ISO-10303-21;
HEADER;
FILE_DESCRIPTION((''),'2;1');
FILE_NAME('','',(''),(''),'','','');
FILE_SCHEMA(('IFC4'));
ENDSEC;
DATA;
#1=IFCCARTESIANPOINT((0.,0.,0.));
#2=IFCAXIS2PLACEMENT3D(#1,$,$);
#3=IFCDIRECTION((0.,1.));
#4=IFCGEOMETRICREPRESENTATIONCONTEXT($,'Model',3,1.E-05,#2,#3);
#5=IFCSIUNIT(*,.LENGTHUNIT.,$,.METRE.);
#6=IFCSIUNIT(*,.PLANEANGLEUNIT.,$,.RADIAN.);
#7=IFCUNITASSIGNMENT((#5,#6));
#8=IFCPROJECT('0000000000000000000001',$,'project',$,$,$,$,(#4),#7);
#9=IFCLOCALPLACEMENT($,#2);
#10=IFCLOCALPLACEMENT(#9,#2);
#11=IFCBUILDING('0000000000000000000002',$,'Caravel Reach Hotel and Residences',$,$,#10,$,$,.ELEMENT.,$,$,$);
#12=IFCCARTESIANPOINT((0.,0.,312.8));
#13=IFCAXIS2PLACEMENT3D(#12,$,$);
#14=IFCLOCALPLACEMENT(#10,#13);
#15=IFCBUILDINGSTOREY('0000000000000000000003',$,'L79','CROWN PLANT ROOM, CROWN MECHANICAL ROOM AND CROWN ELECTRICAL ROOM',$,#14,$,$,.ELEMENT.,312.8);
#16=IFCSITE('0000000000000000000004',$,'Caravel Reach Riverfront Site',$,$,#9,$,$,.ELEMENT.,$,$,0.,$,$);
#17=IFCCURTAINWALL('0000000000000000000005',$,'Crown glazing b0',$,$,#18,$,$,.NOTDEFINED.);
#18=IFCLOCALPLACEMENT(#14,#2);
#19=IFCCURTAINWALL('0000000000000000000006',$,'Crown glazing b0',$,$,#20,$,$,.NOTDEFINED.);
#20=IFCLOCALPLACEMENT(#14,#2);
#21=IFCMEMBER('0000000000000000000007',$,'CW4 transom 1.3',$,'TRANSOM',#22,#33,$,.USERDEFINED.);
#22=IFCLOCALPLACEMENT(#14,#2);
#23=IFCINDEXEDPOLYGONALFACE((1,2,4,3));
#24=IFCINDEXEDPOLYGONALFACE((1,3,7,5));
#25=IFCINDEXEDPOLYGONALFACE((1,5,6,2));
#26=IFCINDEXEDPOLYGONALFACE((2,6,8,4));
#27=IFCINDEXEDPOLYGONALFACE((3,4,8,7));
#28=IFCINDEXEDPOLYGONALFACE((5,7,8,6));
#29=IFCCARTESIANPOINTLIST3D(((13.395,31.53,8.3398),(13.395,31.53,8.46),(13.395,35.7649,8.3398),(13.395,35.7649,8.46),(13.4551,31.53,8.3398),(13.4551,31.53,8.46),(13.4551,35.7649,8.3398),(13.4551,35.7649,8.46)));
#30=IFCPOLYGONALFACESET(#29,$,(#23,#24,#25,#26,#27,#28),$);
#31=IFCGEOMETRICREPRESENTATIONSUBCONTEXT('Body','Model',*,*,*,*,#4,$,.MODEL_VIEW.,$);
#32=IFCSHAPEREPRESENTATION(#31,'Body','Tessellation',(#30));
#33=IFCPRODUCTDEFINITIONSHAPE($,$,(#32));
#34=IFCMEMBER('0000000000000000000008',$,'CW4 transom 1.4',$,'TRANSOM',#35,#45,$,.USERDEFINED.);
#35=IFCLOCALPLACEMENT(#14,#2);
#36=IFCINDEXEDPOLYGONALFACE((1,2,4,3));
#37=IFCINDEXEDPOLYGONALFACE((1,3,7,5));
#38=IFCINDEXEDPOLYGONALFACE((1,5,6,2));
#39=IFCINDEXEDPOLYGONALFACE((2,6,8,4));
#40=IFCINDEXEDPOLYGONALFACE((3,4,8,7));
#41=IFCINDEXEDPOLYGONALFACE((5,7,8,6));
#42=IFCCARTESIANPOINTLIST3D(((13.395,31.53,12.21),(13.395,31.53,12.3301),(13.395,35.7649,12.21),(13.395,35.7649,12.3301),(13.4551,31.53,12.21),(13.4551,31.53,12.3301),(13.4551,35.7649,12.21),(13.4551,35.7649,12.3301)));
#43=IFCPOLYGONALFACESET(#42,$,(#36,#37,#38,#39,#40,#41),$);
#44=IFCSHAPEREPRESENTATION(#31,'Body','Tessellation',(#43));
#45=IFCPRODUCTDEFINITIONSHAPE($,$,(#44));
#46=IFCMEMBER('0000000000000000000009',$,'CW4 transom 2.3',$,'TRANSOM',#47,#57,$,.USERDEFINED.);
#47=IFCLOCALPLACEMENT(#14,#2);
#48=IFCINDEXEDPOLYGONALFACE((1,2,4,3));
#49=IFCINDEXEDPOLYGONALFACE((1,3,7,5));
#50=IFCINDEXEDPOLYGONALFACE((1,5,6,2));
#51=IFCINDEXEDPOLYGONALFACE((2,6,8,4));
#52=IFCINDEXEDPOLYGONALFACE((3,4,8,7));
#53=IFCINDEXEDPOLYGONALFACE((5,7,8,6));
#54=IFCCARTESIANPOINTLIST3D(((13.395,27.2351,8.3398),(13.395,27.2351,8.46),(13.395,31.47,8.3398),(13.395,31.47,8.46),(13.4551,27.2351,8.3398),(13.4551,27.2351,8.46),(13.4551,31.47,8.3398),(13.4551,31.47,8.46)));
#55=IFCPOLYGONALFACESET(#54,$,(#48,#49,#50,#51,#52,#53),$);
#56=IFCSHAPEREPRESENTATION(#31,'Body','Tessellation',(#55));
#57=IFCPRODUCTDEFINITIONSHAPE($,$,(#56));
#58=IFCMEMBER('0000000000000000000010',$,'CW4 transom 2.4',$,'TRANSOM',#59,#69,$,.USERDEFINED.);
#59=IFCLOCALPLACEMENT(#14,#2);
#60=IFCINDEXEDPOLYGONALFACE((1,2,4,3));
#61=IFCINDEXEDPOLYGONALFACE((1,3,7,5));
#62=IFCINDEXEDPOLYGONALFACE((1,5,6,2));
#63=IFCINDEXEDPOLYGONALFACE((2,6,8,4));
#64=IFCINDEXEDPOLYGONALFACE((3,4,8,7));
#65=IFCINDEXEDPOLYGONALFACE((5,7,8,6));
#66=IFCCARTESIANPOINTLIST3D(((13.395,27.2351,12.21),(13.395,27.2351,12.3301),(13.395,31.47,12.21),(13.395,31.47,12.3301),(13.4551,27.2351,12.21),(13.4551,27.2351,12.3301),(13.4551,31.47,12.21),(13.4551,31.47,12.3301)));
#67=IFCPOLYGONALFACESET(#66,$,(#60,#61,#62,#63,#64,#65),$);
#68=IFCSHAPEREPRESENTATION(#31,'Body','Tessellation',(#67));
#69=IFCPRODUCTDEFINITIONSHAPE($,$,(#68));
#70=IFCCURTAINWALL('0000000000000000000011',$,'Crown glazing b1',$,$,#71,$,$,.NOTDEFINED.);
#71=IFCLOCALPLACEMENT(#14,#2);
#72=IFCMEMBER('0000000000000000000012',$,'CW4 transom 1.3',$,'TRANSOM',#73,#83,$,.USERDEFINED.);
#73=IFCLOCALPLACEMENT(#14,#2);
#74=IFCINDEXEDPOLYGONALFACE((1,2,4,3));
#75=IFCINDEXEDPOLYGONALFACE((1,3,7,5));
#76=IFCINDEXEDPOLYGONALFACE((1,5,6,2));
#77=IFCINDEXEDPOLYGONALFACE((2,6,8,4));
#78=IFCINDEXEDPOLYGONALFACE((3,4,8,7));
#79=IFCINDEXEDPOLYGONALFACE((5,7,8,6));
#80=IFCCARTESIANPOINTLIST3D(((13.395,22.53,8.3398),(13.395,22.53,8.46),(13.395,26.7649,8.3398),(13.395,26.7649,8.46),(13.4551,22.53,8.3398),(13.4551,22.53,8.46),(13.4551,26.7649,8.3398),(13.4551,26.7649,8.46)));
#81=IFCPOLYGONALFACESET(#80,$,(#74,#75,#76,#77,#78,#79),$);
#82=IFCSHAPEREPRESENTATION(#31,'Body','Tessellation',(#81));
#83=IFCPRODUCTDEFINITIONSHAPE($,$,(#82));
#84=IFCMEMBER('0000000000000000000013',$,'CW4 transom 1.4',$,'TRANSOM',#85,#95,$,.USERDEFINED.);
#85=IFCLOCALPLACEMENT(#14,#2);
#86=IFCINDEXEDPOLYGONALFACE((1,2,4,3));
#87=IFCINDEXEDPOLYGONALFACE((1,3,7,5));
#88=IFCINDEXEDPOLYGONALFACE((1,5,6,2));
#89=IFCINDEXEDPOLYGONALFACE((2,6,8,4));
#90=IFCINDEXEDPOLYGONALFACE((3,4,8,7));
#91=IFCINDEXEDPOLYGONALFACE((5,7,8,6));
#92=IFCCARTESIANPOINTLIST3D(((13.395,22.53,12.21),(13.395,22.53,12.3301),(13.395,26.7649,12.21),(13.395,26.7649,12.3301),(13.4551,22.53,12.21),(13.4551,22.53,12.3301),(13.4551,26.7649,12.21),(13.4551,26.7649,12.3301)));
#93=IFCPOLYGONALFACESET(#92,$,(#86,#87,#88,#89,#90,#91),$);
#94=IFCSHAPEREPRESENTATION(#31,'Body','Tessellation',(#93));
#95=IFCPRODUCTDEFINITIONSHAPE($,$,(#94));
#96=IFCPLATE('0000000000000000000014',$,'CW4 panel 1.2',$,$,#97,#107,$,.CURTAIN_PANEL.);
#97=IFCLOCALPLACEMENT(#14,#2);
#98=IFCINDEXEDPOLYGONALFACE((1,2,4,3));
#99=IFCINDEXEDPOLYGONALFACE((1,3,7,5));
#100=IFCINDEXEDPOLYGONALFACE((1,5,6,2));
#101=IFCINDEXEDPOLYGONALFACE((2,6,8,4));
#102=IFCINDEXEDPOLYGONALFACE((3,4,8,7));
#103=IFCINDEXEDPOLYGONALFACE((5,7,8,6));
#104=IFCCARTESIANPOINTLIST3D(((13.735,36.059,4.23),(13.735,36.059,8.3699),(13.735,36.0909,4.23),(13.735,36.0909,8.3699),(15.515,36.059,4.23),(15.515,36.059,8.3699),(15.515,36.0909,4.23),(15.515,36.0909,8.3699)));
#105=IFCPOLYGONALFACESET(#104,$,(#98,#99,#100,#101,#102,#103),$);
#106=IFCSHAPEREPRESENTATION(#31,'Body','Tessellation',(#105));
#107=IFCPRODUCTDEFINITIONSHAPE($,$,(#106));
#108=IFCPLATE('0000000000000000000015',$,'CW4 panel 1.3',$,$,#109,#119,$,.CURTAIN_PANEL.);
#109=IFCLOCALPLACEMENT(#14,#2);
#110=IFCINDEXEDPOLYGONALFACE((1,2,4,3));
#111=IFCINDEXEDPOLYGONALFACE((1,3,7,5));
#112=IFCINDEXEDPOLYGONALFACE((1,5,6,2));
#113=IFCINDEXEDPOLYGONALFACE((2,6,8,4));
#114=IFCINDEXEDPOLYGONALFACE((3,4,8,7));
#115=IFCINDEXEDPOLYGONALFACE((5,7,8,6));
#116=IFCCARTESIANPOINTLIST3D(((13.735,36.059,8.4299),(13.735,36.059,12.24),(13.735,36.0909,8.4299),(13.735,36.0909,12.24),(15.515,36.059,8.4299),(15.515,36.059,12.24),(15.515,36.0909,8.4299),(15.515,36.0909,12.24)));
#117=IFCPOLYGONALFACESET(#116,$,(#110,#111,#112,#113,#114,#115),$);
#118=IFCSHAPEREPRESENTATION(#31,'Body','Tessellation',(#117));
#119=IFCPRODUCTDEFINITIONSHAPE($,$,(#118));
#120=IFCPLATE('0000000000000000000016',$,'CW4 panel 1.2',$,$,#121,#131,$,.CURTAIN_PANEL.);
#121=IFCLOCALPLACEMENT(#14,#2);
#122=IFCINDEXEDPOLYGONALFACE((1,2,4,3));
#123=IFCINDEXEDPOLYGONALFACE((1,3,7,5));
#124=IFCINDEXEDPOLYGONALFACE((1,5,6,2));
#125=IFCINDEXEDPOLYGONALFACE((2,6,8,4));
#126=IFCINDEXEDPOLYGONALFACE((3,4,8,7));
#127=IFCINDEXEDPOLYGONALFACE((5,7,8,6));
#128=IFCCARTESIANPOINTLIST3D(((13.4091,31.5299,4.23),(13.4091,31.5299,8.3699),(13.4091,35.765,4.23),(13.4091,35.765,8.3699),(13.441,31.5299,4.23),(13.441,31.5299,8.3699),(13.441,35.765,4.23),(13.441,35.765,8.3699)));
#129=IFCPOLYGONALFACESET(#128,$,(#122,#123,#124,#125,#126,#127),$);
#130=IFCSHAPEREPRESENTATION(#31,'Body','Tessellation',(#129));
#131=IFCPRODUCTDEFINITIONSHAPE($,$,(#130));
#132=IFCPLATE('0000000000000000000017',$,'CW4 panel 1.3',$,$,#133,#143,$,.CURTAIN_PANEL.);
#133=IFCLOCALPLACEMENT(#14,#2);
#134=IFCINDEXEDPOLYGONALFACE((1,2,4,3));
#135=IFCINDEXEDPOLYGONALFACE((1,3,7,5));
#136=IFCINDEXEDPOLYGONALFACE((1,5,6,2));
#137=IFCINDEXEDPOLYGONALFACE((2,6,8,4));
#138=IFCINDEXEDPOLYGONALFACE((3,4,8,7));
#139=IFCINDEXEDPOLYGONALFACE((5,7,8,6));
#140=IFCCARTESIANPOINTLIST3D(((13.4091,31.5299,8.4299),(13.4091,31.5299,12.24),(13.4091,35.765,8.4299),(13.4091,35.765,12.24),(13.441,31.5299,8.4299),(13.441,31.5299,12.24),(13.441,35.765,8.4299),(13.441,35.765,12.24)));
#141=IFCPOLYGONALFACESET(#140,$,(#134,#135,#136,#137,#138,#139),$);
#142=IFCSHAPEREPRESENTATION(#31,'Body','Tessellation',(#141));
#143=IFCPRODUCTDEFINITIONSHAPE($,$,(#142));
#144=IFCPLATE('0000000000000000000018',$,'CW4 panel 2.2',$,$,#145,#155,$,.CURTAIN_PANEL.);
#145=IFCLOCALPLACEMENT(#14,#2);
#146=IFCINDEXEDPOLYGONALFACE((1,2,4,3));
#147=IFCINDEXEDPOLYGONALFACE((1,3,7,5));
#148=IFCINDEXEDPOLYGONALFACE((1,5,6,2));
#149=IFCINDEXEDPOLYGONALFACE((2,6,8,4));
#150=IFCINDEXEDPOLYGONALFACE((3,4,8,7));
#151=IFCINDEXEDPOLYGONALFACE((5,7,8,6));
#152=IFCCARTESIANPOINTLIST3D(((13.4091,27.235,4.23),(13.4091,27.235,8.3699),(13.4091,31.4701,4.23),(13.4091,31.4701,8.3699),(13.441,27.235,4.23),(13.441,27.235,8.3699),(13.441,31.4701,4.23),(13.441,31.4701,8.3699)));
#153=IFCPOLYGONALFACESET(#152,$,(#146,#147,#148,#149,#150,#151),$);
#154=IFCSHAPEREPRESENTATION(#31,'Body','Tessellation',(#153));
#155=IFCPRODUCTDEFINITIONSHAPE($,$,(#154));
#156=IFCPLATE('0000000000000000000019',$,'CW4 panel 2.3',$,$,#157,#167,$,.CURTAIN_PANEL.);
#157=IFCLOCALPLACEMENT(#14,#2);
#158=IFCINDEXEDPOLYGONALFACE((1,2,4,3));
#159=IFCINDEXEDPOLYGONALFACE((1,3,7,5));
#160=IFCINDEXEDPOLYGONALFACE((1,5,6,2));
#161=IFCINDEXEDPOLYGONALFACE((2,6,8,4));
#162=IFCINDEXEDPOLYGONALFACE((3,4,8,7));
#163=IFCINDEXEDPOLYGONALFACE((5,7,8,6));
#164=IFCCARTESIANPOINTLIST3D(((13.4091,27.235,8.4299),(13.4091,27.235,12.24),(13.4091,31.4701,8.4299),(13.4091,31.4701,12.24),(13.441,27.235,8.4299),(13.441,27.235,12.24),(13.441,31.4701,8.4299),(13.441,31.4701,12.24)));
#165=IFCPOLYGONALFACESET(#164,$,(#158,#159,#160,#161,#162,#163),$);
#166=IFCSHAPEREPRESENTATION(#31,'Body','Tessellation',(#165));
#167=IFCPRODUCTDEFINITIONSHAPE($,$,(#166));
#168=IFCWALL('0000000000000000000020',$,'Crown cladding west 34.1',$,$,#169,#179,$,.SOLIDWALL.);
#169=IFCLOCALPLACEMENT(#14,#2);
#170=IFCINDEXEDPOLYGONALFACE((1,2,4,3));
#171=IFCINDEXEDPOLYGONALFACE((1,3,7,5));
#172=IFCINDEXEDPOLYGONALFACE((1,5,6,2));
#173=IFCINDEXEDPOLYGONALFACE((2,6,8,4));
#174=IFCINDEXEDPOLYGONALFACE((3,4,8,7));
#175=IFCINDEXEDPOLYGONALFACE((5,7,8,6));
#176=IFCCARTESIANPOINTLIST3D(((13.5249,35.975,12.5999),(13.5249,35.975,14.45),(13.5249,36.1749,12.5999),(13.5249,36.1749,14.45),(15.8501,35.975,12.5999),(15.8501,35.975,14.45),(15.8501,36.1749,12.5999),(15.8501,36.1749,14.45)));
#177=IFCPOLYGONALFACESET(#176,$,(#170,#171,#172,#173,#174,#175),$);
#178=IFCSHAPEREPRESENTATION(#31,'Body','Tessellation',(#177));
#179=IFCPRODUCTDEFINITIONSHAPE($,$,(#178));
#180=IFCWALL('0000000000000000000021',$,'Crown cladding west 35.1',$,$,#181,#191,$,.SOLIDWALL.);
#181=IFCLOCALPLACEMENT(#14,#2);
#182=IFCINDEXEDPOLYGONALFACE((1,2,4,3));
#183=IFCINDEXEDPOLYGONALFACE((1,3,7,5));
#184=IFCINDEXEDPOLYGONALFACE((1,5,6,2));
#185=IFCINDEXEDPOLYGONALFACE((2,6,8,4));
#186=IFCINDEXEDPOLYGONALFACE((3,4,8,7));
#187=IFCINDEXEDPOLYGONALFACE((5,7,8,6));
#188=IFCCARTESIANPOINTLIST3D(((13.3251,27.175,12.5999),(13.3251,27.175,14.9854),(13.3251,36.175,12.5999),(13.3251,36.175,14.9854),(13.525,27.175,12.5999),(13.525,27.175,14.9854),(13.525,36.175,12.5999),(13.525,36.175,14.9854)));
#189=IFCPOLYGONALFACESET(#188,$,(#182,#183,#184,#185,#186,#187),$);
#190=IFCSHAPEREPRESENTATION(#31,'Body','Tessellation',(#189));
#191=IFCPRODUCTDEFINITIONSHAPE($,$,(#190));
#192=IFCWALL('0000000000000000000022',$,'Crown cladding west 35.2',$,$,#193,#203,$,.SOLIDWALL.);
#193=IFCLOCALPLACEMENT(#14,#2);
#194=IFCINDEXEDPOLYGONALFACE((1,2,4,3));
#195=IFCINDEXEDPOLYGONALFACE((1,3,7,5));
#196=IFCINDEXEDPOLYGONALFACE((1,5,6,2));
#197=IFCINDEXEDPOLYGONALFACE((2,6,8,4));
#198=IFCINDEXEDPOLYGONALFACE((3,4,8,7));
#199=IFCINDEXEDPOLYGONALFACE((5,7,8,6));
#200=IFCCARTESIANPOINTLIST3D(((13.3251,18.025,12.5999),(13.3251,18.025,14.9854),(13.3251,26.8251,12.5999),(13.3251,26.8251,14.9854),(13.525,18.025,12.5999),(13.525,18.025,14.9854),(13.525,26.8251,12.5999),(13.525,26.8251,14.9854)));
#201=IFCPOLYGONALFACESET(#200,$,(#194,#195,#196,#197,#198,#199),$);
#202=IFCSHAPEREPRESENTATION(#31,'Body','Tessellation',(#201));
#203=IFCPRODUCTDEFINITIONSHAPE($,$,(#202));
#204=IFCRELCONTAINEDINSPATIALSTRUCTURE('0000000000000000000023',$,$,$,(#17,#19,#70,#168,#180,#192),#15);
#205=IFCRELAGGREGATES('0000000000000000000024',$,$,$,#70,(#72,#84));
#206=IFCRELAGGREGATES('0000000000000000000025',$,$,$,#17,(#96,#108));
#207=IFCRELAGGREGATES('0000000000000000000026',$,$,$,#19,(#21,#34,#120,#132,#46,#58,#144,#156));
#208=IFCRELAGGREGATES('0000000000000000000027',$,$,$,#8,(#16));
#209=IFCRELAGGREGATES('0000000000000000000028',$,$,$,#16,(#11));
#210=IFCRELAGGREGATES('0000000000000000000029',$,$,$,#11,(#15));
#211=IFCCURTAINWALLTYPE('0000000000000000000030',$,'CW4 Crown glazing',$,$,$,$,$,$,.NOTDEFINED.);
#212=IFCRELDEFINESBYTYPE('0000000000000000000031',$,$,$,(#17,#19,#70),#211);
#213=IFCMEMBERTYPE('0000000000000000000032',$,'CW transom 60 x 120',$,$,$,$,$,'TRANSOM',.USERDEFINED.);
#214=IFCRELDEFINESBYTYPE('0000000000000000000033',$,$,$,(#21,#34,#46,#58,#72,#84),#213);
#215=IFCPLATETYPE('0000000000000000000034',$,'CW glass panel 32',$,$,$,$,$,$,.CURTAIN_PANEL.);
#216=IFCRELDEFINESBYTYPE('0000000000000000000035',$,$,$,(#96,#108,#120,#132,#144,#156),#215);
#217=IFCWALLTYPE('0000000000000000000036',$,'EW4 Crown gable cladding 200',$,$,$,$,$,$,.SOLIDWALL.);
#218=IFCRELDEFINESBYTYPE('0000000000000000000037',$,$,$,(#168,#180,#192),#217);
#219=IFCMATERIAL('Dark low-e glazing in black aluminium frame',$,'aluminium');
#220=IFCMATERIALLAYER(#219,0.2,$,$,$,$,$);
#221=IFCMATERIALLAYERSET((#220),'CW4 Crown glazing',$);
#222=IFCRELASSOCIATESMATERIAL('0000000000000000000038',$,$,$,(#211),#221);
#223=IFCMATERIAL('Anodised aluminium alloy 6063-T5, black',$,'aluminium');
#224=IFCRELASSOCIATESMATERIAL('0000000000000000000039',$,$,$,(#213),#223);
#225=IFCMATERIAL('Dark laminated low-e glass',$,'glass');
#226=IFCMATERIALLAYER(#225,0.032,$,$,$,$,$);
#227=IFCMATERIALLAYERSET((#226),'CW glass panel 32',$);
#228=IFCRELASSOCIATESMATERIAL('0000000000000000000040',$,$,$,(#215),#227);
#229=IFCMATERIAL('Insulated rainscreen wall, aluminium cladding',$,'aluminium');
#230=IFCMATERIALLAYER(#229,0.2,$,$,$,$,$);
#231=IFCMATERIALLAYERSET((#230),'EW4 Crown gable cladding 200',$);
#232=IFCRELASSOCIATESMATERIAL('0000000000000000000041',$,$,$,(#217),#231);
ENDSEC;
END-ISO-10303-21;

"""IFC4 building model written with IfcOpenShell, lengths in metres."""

from ifc_helpers import new_model, si_unit, direction, frame, frame_2d, origin, origin_2d, place, context, subcontext, project, spatial, rectangle, extrude, material, layer, layer_set, material_profile, profile_set, type_object, element, aggregate, save


model = new_model("IFC4")

# Units and contexts
model_context = context("Model", 3, precision=1e-05, world=origin(), true_north=direction((0.0, 1.0)))
body_context = subcontext(model_context, "Body", "Model", "MODEL_VIEW")
ifc_project = project(units=[si_unit("LENGTHUNIT", "METRE"), si_unit("PLANEANGLEUNIT", "RADIAN")], contexts=[model_context])

# Site, building, storey
site_placement = place(None, origin())
site = spatial("IfcSite", under=ifc_project, at=site_placement, Name="Caravel Reach Riverfront Site", CompositionType="ELEMENT", RefElevation=0.0)
building_placement = place(site_placement, origin())
building = spatial("IfcBuilding", under=site, at=building_placement, Name="Caravel Reach Hotel and Residences", CompositionType="ELEMENT")
storey_placement = place(building_placement, frame((0.0, 0.0, 312.8)))
storey = spatial("IfcBuildingStorey", under=building, at=storey_placement, Name="L79", Description="CROWN PLANT ROOM, CROWN MECHANICAL ROOM AND CROWN ELECTRICAL ROOM", CompositionType="ELEMENT", Elevation=312.8)

# Curtain walls, members
ifc_material_1 = material(Name="Dark low-e glazing in black aluminium frame", Category="aluminium")
ifc_layer_1 = layer(ifc_material_1, 0.2)
ifc_layer_set_1 = layer_set([ifc_layer_1], Name="CW4 Crown glazing")
curtain_wall_type = type_object("IfcCurtainWallType", Name="CW4 Crown glazing", PredefinedType="NOTDEFINED", material=ifc_layer_set_1)
curtain_wall_1_placement = place(storey_placement, origin())
curtain_wall_1 = element("IfcCurtainWall", 1, at=curtain_wall_1_placement, inside=storey, type_object=curtain_wall_type, Name="Crown glazing b0", PredefinedType="NOTDEFINED")
ifc_material_2 = material(Name="Anodised aluminium alloy 6063-T5, black", Category="aluminium")
ifc_material_profile_1 = material_profile(ifc_material_2, rectangle(XDim=0.0601, YDim=0.1201, at=origin_2d()), Name="CW transom 60 x 120")
ifc_profile_set_1 = profile_set([ifc_material_profile_1], Name="Anodised aluminium alloy 6063-T5, black")
member_type = type_object("IfcMemberType", Name="CW transom 60 x 120", ElementType="TRANSOM", PredefinedType="USERDEFINED", material=ifc_profile_set_1)
curtain_wall_2_placement = place(storey_placement, origin())
curtain_wall_2 = element("IfcCurtainWall", 2, at=curtain_wall_2_placement, inside=storey, type_object=curtain_wall_type, Name="Crown glazing b0", PredefinedType="NOTDEFINED")
member_1_placement = place(storey_placement, frame((13.425, 35.7649, 8.3999), z_axis=(0.0, -1.0, 0.0), x_axis=(1.0, 0.0, 0.0)))
member_1 = element("IfcMember", 3, at=member_1_placement, type_object=member_type, Name="CW4 transom 1.3", ObjectType="TRANSOM", PredefinedType="USERDEFINED", context=body_context, shape_type="SweptSolid", body=[
    extrude(rectangle(XDim=0.0601, YDim=0.1201, at=origin_2d()), origin(), (0.0, 0.0, 1.0), 4.2349),
])
member_2_placement = place(storey_placement, frame((13.425, 35.7649, 12.27), z_axis=(0.0, -1.0, 0.0), x_axis=(1.0, 0.0, 0.0)))
member_2 = element("IfcMember", 4, at=member_2_placement, type_object=member_type, Name="CW4 transom 1.4", ObjectType="TRANSOM", PredefinedType="USERDEFINED", context=body_context, shape_type="SweptSolid", body=[
    extrude(rectangle(XDim=0.0601, YDim=0.1201, at=origin_2d()), origin(), (0.0, 0.0, 1.0), 4.2349),
])
member_3_placement = place(storey_placement, frame((13.425, 31.47, 8.3999), z_axis=(0.0, -1.0, 0.0), x_axis=(1.0, 0.0, 0.0)))
member_3 = element("IfcMember", 5, at=member_3_placement, type_object=member_type, Name="CW4 transom 2.3", ObjectType="TRANSOM", PredefinedType="USERDEFINED", context=body_context, shape_type="SweptSolid", body=[
    extrude(rectangle(XDim=0.0601, YDim=0.1201, at=origin_2d()), origin(), (0.0, 0.0, 1.0), 4.2349),
])
member_4_placement = place(storey_placement, frame((13.425, 31.47, 12.27), z_axis=(0.0, -1.0, 0.0), x_axis=(1.0, 0.0, 0.0)))
member_4 = element("IfcMember", 6, at=member_4_placement, type_object=member_type, Name="CW4 transom 2.4", ObjectType="TRANSOM", PredefinedType="USERDEFINED", context=body_context, shape_type="SweptSolid", body=[
    extrude(rectangle(XDim=0.0601, YDim=0.1201, at=origin_2d()), origin(), (0.0, 0.0, 1.0), 4.2349),
])
curtain_wall_3_placement = place(storey_placement, origin())
curtain_wall_3 = element("IfcCurtainWall", 7, at=curtain_wall_3_placement, inside=storey, type_object=curtain_wall_type, Name="Crown glazing b1", PredefinedType="NOTDEFINED")
member_5_placement = place(storey_placement, frame((13.425, 26.7649, 8.3999), z_axis=(0.0, -1.0, 0.0), x_axis=(1.0, 0.0, 0.0)))
member_5 = element("IfcMember", 8, at=member_5_placement, type_object=member_type, Name="CW4 transom 1.3", ObjectType="TRANSOM", PredefinedType="USERDEFINED", context=body_context, shape_type="SweptSolid", body=[
    extrude(rectangle(XDim=0.0601, YDim=0.1201, at=origin_2d()), origin(), (0.0, 0.0, 1.0), 4.2349),
])
member_6_placement = place(storey_placement, frame((13.425, 26.7649, 12.27), z_axis=(0.0, -1.0, 0.0), x_axis=(1.0, 0.0, 0.0)))
member_6 = element("IfcMember", 9, at=member_6_placement, type_object=member_type, Name="CW4 transom 1.4", ObjectType="TRANSOM", PredefinedType="USERDEFINED", context=body_context, shape_type="SweptSolid", body=[
    extrude(rectangle(XDim=0.0601, YDim=0.1201, at=origin_2d()), origin(), (0.0, 0.0, 1.0), 4.2349),
])
aggregate(curtain_wall_3, [member_5, member_6])

# Plates
ifc_material_3 = material(Name="Dark laminated low-e glass", Category="glass")
ifc_layer_2 = layer(ifc_material_3, 0.032)
ifc_layer_set_2 = layer_set([ifc_layer_2], Name="CW glass panel 32")
plate_type = type_object("IfcPlateType", Name="CW glass panel 32", PredefinedType="CURTAIN_PANEL", material=ifc_layer_set_2)
plate_1_placement = place(storey_placement, frame((14.625, 36.075, 4.23), z_axis=(0.0, 0.0, 1.0), x_axis=(-1.0, 0.0, 0.0)))
plate_1 = element("IfcPlate", 10, at=plate_1_placement, type_object=plate_type, Name="CW4 panel 1.2", PredefinedType="CURTAIN_PANEL", context=body_context, shape_type="SweptSolid", body=[
    extrude(rectangle(XDim=1.78, YDim=0.032, at=origin_2d()), origin(), (0.0, 0.0, 1.0), 4.1399),
])
plate_2_placement = place(storey_placement, frame((14.625, 36.075, 8.4299), z_axis=(0.0, 0.0, 1.0), x_axis=(-1.0, 0.0, 0.0)))
plate_2 = element("IfcPlate", 11, at=plate_2_placement, type_object=plate_type, Name="CW4 panel 1.3", PredefinedType="CURTAIN_PANEL", context=body_context, shape_type="SweptSolid", body=[
    extrude(rectangle(XDim=1.78, YDim=0.032, at=origin_2d()), origin(), (0.0, 0.0, 1.0), 3.8101),
])
aggregate(curtain_wall_1, [plate_1, plate_2])
plate_3_placement = place(storey_placement, frame((13.425, 33.6475, 4.23), z_axis=(0.0, 0.0, 1.0), x_axis=(0.0, -1.0, 0.0)))
plate_3 = element("IfcPlate", 12, at=plate_3_placement, type_object=plate_type, Name="CW4 panel 1.2", PredefinedType="CURTAIN_PANEL", context=body_context, shape_type="SweptSolid", body=[
    extrude(rectangle(XDim=4.2351, YDim=0.032, at=origin_2d()), origin(), (0.0, 0.0, 1.0), 4.1399),
])
plate_4_placement = place(storey_placement, frame((13.425, 33.6475, 8.4299), z_axis=(0.0, 0.0, 1.0), x_axis=(0.0, -1.0, 0.0)))
plate_4 = element("IfcPlate", 13, at=plate_4_placement, type_object=plate_type, Name="CW4 panel 1.3", PredefinedType="CURTAIN_PANEL", context=body_context, shape_type="SweptSolid", body=[
    extrude(rectangle(XDim=4.2351, YDim=0.032, at=origin_2d()), origin(), (0.0, 0.0, 1.0), 3.8101),
])
plate_5_placement = place(storey_placement, frame((13.425, 29.3525, 4.23), z_axis=(0.0, 0.0, 1.0), x_axis=(0.0, -1.0, 0.0)))
plate_5 = element("IfcPlate", 14, at=plate_5_placement, type_object=plate_type, Name="CW4 panel 2.2", PredefinedType="CURTAIN_PANEL", context=body_context, shape_type="SweptSolid", body=[
    extrude(rectangle(XDim=4.2351, YDim=0.032, at=origin_2d()), origin(), (0.0, 0.0, 1.0), 4.1399),
])
plate_6_placement = place(storey_placement, frame((13.425, 29.3525, 8.4299), z_axis=(0.0, 0.0, 1.0), x_axis=(0.0, -1.0, 0.0)))
plate_6 = element("IfcPlate", 15, at=plate_6_placement, type_object=plate_type, Name="CW4 panel 2.3", PredefinedType="CURTAIN_PANEL", context=body_context, shape_type="SweptSolid", body=[
    extrude(rectangle(XDim=4.2351, YDim=0.032, at=origin_2d()), origin(), (0.0, 0.0, 1.0), 3.8101),
])
aggregate(curtain_wall_2, [member_1, member_2, plate_3, plate_4, member_3, member_4, plate_5, plate_6])

# Walls
ifc_material_4 = material(Name="Insulated rainscreen wall, aluminium cladding", Category="aluminium")
ifc_layer_3 = layer(ifc_material_4, 0.2)
ifc_layer_set_3 = layer_set([ifc_layer_3], Name="EW4 Crown gable cladding 200")
wall_type = type_object("IfcWallType", Name="EW4 Crown gable cladding 200", PredefinedType="SOLIDWALL", material=ifc_layer_set_3)
wall_1_placement = place(storey_placement, frame((15.8501, 36.075, 12.5999), z_axis=(0.0, 0.0, 1.0), x_axis=(-1.0, 0.0, 0.0)))
element("IfcWall", 16, at=wall_1_placement, inside=storey, type_object=wall_type, Name="Crown cladding west 34.1", PredefinedType="SOLIDWALL", context=body_context, shape_type="SweptSolid", body=[
    extrude(rectangle(XDim=2.3252, YDim=0.2, at=frame_2d((1.1626, 0.0))), origin(), (0.0, 0.0, 1.0), 1.8501),
])
wall_2_placement = place(storey_placement, frame((13.425, 36.175, 12.5999), z_axis=(0.0, 0.0, 1.0), x_axis=(0.0, -1.0, 0.0)))
element("IfcWall", 17, at=wall_2_placement, inside=storey, type_object=wall_type, Name="Crown cladding west 35.1", PredefinedType="SOLIDWALL", context=body_context, shape_type="SweptSolid", body=[
    extrude(rectangle(XDim=9.0, YDim=0.2, at=frame_2d((4.5, 0.0))), origin(), (0.0, 0.0, 1.0), 2.3855),
])
wall_3_placement = place(storey_placement, frame((13.425, 26.825, 12.5999), z_axis=(0.0, 0.0, 1.0), x_axis=(0.0, -1.0, 0.0)))
element("IfcWall", 18, at=wall_3_placement, inside=storey, type_object=wall_type, Name="Crown cladding west 35.2", PredefinedType="SOLIDWALL", context=body_context, shape_type="SweptSolid", body=[
    extrude(rectangle(XDim=8.8, YDim=0.2, at=frame_2d((4.3999, 0.0))), origin(), (0.0, 0.0, 1.0), 2.3855),
])

save(model, "model.ifc")
